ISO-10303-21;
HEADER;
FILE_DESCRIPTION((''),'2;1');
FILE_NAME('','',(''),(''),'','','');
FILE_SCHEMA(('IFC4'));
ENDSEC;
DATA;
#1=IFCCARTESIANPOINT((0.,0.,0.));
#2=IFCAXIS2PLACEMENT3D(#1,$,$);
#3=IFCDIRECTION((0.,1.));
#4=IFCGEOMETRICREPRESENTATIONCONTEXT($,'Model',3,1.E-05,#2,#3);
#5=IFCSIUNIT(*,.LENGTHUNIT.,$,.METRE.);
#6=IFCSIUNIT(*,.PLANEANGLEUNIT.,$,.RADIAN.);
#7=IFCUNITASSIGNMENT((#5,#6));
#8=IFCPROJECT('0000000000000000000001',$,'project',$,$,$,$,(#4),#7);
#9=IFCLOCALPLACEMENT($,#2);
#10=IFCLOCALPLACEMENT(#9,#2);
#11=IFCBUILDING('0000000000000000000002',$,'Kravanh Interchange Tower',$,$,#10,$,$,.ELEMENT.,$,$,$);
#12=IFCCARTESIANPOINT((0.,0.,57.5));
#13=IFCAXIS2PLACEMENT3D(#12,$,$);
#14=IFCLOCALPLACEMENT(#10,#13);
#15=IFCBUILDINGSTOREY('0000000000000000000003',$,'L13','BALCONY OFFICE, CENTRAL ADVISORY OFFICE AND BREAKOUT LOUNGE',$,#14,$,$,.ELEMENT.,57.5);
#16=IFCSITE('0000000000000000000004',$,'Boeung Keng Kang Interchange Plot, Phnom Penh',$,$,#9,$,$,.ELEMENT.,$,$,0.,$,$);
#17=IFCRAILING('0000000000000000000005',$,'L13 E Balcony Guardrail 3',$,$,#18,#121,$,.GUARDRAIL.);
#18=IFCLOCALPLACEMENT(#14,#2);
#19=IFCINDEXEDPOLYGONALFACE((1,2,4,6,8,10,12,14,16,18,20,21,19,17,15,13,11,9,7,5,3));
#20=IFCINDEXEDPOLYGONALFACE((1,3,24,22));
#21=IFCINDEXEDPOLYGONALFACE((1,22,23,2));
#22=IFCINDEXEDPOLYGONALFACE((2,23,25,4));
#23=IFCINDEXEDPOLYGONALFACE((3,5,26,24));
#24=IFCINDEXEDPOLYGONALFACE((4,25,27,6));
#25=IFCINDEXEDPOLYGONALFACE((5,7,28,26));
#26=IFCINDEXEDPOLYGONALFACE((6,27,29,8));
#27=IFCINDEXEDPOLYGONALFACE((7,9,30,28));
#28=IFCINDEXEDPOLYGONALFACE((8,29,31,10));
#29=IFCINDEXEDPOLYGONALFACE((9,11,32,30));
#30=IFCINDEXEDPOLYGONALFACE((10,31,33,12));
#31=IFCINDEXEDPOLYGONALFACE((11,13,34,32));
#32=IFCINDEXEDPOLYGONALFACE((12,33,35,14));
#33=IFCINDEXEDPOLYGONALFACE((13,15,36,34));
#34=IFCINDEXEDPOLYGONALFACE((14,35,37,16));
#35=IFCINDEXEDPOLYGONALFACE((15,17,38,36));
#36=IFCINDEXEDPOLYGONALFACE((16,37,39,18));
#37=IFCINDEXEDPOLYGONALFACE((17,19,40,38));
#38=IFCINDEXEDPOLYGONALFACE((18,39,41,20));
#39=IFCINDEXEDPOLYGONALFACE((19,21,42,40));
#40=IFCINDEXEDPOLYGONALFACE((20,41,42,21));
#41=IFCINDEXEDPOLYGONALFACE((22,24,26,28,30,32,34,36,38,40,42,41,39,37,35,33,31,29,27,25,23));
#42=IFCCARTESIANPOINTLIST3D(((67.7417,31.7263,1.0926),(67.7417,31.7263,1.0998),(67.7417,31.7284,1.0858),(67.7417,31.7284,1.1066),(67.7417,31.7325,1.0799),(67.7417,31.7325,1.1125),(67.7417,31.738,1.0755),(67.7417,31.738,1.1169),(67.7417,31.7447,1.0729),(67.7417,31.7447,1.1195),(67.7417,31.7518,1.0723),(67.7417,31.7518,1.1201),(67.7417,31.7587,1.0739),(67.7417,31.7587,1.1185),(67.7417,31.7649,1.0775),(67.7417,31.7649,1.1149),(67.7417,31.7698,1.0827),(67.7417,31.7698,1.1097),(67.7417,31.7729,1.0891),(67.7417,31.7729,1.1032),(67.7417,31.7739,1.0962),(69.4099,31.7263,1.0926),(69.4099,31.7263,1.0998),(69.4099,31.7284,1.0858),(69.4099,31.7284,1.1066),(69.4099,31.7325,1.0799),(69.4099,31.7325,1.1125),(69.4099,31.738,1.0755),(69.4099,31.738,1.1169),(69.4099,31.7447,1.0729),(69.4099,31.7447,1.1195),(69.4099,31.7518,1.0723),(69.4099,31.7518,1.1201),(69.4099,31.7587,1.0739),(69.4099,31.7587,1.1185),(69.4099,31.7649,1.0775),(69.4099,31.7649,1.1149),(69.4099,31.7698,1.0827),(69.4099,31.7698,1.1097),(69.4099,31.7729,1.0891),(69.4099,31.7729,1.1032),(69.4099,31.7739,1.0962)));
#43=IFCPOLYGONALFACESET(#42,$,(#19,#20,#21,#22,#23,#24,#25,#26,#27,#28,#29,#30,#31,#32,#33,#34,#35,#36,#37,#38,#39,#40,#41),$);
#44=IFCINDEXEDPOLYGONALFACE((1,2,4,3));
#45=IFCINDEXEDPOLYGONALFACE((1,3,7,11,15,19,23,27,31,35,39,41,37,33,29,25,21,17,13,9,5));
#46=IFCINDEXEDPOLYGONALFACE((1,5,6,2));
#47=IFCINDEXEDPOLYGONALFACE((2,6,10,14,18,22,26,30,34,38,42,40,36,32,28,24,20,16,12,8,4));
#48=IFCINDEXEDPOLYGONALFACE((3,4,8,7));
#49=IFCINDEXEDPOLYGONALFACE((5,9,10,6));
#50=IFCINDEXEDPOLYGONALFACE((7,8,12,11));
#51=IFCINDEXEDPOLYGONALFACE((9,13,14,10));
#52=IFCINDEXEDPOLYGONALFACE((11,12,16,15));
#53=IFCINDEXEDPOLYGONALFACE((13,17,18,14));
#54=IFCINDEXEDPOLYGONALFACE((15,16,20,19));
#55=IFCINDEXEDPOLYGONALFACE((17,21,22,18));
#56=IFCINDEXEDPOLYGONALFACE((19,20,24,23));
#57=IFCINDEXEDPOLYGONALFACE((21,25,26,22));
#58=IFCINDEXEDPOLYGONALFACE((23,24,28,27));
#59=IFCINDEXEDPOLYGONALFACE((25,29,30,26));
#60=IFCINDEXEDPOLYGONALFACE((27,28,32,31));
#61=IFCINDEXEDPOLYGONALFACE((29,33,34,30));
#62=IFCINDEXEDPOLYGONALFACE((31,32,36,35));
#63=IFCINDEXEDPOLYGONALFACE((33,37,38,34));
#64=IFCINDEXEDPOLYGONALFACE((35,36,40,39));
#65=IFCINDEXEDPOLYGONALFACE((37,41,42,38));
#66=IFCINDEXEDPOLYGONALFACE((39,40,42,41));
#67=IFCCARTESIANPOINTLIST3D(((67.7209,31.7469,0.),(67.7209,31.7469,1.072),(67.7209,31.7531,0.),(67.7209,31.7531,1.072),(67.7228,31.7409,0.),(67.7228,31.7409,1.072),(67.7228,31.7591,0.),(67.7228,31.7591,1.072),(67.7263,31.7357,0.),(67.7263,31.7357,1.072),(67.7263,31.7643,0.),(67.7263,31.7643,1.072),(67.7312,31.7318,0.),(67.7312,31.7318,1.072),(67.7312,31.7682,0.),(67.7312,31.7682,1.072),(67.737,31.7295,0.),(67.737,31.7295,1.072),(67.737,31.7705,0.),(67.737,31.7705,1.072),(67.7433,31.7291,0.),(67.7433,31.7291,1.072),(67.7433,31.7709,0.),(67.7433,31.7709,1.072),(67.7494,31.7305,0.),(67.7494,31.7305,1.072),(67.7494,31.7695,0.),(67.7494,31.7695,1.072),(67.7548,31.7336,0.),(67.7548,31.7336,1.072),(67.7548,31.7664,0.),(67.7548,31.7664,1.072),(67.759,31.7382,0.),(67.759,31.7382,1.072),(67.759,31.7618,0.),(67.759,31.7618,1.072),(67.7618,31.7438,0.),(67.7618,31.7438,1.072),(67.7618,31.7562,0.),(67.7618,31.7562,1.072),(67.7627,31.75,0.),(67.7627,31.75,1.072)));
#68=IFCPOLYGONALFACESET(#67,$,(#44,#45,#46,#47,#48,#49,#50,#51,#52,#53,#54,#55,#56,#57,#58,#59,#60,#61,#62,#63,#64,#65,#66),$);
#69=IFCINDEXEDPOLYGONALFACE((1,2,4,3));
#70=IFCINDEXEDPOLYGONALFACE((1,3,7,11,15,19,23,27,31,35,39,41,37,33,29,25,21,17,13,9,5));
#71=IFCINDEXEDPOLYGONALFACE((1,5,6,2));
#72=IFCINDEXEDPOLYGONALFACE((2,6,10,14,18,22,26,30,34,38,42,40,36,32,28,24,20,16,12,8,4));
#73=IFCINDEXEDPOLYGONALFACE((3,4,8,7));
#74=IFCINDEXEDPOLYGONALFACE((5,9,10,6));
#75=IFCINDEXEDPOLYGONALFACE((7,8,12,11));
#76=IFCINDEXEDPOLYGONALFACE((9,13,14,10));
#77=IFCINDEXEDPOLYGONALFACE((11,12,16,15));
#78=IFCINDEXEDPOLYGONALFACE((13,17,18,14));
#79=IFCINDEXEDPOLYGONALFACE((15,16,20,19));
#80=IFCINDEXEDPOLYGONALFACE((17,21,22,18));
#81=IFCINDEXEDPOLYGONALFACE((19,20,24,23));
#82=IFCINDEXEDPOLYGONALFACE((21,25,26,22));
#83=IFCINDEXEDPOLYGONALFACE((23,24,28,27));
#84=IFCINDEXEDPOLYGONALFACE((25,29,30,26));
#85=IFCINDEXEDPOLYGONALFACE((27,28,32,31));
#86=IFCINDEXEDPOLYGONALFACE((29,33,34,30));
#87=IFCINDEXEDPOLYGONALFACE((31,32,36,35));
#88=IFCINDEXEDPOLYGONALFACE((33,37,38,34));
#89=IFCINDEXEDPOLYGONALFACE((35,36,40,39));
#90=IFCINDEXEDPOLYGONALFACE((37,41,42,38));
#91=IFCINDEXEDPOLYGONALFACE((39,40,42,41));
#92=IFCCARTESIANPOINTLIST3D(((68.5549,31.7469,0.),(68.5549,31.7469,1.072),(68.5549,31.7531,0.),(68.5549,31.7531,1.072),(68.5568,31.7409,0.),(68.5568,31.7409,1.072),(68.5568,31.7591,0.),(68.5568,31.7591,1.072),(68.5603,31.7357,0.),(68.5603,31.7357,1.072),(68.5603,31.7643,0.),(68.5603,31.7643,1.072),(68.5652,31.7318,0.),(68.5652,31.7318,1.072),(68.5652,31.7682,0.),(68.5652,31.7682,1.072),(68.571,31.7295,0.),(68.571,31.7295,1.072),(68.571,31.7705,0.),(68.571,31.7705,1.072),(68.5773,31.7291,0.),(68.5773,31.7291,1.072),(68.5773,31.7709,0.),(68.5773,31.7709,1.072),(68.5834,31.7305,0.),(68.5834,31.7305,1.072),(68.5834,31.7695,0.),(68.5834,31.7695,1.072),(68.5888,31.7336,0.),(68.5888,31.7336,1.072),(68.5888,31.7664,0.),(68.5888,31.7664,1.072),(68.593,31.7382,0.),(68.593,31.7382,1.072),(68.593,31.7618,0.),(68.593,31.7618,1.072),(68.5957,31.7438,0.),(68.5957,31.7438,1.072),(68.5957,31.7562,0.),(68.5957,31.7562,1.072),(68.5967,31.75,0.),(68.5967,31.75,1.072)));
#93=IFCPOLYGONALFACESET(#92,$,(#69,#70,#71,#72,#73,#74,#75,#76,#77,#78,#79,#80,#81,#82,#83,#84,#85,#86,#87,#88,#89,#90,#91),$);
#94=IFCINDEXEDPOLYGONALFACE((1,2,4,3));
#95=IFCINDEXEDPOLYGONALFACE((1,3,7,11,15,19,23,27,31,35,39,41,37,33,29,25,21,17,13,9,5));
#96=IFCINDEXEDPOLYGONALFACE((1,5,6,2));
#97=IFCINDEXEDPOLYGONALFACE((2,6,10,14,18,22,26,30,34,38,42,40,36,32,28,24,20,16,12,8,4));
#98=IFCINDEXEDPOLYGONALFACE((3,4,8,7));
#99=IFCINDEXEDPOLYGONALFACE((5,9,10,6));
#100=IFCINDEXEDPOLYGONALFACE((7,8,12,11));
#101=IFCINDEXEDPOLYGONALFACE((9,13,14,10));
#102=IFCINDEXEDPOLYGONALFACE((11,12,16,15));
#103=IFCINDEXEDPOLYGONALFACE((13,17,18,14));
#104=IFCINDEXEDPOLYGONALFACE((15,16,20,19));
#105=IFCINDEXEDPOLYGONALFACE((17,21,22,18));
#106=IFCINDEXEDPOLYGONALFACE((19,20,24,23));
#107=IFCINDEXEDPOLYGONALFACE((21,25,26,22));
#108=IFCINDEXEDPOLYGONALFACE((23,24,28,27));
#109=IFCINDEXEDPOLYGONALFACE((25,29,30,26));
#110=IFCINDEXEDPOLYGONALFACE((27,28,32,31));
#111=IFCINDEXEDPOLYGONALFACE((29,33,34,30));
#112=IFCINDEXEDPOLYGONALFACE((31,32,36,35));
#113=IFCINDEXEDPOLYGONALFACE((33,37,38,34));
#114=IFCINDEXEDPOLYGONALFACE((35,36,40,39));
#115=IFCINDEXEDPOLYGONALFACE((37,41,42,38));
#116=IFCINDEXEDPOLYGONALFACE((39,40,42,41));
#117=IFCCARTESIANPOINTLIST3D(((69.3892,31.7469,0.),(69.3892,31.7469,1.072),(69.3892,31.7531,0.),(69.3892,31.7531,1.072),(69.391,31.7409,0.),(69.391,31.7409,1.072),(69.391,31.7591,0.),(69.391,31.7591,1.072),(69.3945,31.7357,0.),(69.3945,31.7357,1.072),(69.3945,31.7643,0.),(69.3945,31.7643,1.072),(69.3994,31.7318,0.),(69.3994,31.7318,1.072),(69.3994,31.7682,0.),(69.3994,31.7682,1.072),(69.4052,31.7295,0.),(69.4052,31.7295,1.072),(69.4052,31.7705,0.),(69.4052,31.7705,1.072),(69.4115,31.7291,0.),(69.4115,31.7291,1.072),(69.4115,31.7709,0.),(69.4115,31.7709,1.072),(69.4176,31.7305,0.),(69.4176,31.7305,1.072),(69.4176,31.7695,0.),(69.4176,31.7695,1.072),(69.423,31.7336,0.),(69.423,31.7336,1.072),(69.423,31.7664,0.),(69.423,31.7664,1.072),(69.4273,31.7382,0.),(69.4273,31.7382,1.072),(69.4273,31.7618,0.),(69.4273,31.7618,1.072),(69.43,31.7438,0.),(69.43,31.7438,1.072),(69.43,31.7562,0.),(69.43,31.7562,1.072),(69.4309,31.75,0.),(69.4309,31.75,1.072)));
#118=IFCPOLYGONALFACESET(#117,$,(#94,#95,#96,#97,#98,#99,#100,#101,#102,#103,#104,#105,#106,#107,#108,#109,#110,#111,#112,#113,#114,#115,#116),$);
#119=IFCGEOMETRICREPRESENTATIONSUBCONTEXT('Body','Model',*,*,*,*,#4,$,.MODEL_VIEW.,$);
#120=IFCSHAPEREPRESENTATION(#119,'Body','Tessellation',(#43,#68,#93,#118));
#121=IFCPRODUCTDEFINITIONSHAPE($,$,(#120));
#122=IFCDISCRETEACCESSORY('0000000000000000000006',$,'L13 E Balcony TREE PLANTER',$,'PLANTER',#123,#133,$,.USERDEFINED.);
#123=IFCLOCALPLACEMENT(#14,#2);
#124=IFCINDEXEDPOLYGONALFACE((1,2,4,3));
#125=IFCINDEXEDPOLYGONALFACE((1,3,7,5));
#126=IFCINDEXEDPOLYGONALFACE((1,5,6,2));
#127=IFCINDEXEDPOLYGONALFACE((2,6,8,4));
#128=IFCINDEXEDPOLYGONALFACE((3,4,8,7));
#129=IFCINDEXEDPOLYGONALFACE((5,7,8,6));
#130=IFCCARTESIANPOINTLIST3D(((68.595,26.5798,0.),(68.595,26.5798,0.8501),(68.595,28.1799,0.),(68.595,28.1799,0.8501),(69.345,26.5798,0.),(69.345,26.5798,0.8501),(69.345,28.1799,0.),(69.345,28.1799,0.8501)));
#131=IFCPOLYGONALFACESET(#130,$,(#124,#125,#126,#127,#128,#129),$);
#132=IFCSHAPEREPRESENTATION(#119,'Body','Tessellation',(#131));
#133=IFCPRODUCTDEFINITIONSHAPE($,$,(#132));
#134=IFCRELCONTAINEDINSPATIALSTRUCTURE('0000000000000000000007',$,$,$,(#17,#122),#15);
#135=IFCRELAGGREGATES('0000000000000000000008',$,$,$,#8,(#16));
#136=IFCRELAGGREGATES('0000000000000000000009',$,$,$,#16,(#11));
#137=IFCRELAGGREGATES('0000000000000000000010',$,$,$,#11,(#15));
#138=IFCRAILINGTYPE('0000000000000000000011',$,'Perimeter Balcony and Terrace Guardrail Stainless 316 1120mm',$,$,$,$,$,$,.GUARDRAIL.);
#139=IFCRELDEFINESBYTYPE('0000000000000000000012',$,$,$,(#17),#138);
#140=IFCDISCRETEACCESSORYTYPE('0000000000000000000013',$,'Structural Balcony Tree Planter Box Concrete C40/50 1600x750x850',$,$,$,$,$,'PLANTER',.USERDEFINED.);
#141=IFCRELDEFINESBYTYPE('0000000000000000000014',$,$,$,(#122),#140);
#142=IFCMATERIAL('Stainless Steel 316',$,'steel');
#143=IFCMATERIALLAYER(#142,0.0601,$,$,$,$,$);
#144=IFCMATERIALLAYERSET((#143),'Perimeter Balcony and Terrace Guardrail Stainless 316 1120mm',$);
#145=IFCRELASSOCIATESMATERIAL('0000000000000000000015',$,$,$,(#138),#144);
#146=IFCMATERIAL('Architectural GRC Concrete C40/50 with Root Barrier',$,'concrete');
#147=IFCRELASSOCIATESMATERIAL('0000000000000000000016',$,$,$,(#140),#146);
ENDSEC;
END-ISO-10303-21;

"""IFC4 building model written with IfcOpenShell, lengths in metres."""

from ifc_helpers import new_model, si_unit, direction, frame, origin, origin_2d, place, context, subcontext, project, spatial, rectangle, circle, extrude, material, layer, layer_set, type_object, element, save


model = new_model("IFC4")

# Units and contexts
model_context = context("Model", 3, precision=1e-05, world=origin(), true_north=direction((0.0, 1.0)))
body_context = subcontext(model_context, "Body", "Model", "MODEL_VIEW")
ifc_project = project(units=[si_unit("LENGTHUNIT", "METRE"), si_unit("PLANEANGLEUNIT", "RADIAN")], contexts=[model_context])

# Site, building, storey
site_placement = place(None, origin())
site = spatial("IfcSite", under=ifc_project, at=site_placement, Name="Boeung Keng Kang Interchange Plot, Phnom Penh", CompositionType="ELEMENT", RefElevation=0.0)
building_placement = place(site_placement, origin())
building = spatial("IfcBuilding", under=site, at=building_placement, Name="Kravanh Interchange Tower", CompositionType="ELEMENT")
storey_placement = place(building_placement, frame((0.0, 0.0, 57.5)))
storey = spatial("IfcBuildingStorey", under=building, at=storey_placement, Name="L13", Description="BALCONY OFFICE, CENTRAL ADVISORY OFFICE AND BREAKOUT LOUNGE", CompositionType="ELEMENT", Elevation=57.5)

# Railing
ifc_material_1 = material(Name="Stainless Steel 316", Category="steel")
ifc_layer_1 = layer(ifc_material_1, 0.0601)
ifc_layer_set_1 = layer_set([ifc_layer_1], Name="Perimeter Balcony and Terrace Guardrail Stainless 316 1120mm")
railing_type = type_object("IfcRailingType", Name="Perimeter Balcony and Terrace Guardrail Stainless 316 1120mm", PredefinedType="GUARDRAIL", material=ifc_layer_set_1)
railing_1_placement = place(storey_placement, frame((67.7417, 31.75, 0.0)))
element("IfcRailing", 1, at=railing_1_placement, inside=storey, type_object=railing_type, Name="L13 E Balcony Guardrail 3", PredefinedType="GUARDRAIL", context=body_context, shape_type="SweptSolid", body=[
    extrude(circle(Radius=0.0239, at=origin_2d()), frame((0.0, 0.0, 1.0962), z_axis=(1.0, 0.0, 0.0), x_axis=(0.0, 1.0, 0.0)), (0.0, 0.0, 1.0), 1.6682),
    extrude(circle(Radius=0.021, at=origin_2d()), origin(), (0.0, 0.0, 1.0), 1.072),
    extrude(circle(Radius=0.021, at=origin_2d()), frame((0.834, 0.0, 0.0)), (0.0, 0.0, 1.0), 1.072),
    extrude(circle(Radius=0.021, at=origin_2d()), frame((1.6682, 0.0, 0.0)), (0.0, 0.0, 1.0), 1.072),
])

# Discrete accessory
ifc_material_2 = material(Name="Architectural GRC Concrete C40/50 with Root Barrier", Category="concrete")
discrete_accessory_type = type_object("IfcDiscreteAccessoryType", Name="Structural Balcony Tree Planter Box Concrete C40/50 1600x750x850", ElementType="PLANTER", PredefinedType="USERDEFINED", material=ifc_material_2)
discrete_accessory_placement = place(storey_placement, frame((68.97, 27.3799, 0.0), z_axis=(0.0, 0.0, 1.0), x_axis=(1.0, 0.0, 0.0)))
element("IfcDiscreteAccessory", 2, at=discrete_accessory_placement, inside=storey, type_object=discrete_accessory_type, Name="L13 E Balcony TREE PLANTER", ObjectType="PLANTER", PredefinedType="USERDEFINED", context=body_context, shape_type="SweptSolid", body=[
    extrude(rectangle(XDim=0.75, YDim=1.6001, at=origin_2d()), origin(), (0.0, 0.0, 1.0), 0.8501),
])

save(model, "model.ifc")
